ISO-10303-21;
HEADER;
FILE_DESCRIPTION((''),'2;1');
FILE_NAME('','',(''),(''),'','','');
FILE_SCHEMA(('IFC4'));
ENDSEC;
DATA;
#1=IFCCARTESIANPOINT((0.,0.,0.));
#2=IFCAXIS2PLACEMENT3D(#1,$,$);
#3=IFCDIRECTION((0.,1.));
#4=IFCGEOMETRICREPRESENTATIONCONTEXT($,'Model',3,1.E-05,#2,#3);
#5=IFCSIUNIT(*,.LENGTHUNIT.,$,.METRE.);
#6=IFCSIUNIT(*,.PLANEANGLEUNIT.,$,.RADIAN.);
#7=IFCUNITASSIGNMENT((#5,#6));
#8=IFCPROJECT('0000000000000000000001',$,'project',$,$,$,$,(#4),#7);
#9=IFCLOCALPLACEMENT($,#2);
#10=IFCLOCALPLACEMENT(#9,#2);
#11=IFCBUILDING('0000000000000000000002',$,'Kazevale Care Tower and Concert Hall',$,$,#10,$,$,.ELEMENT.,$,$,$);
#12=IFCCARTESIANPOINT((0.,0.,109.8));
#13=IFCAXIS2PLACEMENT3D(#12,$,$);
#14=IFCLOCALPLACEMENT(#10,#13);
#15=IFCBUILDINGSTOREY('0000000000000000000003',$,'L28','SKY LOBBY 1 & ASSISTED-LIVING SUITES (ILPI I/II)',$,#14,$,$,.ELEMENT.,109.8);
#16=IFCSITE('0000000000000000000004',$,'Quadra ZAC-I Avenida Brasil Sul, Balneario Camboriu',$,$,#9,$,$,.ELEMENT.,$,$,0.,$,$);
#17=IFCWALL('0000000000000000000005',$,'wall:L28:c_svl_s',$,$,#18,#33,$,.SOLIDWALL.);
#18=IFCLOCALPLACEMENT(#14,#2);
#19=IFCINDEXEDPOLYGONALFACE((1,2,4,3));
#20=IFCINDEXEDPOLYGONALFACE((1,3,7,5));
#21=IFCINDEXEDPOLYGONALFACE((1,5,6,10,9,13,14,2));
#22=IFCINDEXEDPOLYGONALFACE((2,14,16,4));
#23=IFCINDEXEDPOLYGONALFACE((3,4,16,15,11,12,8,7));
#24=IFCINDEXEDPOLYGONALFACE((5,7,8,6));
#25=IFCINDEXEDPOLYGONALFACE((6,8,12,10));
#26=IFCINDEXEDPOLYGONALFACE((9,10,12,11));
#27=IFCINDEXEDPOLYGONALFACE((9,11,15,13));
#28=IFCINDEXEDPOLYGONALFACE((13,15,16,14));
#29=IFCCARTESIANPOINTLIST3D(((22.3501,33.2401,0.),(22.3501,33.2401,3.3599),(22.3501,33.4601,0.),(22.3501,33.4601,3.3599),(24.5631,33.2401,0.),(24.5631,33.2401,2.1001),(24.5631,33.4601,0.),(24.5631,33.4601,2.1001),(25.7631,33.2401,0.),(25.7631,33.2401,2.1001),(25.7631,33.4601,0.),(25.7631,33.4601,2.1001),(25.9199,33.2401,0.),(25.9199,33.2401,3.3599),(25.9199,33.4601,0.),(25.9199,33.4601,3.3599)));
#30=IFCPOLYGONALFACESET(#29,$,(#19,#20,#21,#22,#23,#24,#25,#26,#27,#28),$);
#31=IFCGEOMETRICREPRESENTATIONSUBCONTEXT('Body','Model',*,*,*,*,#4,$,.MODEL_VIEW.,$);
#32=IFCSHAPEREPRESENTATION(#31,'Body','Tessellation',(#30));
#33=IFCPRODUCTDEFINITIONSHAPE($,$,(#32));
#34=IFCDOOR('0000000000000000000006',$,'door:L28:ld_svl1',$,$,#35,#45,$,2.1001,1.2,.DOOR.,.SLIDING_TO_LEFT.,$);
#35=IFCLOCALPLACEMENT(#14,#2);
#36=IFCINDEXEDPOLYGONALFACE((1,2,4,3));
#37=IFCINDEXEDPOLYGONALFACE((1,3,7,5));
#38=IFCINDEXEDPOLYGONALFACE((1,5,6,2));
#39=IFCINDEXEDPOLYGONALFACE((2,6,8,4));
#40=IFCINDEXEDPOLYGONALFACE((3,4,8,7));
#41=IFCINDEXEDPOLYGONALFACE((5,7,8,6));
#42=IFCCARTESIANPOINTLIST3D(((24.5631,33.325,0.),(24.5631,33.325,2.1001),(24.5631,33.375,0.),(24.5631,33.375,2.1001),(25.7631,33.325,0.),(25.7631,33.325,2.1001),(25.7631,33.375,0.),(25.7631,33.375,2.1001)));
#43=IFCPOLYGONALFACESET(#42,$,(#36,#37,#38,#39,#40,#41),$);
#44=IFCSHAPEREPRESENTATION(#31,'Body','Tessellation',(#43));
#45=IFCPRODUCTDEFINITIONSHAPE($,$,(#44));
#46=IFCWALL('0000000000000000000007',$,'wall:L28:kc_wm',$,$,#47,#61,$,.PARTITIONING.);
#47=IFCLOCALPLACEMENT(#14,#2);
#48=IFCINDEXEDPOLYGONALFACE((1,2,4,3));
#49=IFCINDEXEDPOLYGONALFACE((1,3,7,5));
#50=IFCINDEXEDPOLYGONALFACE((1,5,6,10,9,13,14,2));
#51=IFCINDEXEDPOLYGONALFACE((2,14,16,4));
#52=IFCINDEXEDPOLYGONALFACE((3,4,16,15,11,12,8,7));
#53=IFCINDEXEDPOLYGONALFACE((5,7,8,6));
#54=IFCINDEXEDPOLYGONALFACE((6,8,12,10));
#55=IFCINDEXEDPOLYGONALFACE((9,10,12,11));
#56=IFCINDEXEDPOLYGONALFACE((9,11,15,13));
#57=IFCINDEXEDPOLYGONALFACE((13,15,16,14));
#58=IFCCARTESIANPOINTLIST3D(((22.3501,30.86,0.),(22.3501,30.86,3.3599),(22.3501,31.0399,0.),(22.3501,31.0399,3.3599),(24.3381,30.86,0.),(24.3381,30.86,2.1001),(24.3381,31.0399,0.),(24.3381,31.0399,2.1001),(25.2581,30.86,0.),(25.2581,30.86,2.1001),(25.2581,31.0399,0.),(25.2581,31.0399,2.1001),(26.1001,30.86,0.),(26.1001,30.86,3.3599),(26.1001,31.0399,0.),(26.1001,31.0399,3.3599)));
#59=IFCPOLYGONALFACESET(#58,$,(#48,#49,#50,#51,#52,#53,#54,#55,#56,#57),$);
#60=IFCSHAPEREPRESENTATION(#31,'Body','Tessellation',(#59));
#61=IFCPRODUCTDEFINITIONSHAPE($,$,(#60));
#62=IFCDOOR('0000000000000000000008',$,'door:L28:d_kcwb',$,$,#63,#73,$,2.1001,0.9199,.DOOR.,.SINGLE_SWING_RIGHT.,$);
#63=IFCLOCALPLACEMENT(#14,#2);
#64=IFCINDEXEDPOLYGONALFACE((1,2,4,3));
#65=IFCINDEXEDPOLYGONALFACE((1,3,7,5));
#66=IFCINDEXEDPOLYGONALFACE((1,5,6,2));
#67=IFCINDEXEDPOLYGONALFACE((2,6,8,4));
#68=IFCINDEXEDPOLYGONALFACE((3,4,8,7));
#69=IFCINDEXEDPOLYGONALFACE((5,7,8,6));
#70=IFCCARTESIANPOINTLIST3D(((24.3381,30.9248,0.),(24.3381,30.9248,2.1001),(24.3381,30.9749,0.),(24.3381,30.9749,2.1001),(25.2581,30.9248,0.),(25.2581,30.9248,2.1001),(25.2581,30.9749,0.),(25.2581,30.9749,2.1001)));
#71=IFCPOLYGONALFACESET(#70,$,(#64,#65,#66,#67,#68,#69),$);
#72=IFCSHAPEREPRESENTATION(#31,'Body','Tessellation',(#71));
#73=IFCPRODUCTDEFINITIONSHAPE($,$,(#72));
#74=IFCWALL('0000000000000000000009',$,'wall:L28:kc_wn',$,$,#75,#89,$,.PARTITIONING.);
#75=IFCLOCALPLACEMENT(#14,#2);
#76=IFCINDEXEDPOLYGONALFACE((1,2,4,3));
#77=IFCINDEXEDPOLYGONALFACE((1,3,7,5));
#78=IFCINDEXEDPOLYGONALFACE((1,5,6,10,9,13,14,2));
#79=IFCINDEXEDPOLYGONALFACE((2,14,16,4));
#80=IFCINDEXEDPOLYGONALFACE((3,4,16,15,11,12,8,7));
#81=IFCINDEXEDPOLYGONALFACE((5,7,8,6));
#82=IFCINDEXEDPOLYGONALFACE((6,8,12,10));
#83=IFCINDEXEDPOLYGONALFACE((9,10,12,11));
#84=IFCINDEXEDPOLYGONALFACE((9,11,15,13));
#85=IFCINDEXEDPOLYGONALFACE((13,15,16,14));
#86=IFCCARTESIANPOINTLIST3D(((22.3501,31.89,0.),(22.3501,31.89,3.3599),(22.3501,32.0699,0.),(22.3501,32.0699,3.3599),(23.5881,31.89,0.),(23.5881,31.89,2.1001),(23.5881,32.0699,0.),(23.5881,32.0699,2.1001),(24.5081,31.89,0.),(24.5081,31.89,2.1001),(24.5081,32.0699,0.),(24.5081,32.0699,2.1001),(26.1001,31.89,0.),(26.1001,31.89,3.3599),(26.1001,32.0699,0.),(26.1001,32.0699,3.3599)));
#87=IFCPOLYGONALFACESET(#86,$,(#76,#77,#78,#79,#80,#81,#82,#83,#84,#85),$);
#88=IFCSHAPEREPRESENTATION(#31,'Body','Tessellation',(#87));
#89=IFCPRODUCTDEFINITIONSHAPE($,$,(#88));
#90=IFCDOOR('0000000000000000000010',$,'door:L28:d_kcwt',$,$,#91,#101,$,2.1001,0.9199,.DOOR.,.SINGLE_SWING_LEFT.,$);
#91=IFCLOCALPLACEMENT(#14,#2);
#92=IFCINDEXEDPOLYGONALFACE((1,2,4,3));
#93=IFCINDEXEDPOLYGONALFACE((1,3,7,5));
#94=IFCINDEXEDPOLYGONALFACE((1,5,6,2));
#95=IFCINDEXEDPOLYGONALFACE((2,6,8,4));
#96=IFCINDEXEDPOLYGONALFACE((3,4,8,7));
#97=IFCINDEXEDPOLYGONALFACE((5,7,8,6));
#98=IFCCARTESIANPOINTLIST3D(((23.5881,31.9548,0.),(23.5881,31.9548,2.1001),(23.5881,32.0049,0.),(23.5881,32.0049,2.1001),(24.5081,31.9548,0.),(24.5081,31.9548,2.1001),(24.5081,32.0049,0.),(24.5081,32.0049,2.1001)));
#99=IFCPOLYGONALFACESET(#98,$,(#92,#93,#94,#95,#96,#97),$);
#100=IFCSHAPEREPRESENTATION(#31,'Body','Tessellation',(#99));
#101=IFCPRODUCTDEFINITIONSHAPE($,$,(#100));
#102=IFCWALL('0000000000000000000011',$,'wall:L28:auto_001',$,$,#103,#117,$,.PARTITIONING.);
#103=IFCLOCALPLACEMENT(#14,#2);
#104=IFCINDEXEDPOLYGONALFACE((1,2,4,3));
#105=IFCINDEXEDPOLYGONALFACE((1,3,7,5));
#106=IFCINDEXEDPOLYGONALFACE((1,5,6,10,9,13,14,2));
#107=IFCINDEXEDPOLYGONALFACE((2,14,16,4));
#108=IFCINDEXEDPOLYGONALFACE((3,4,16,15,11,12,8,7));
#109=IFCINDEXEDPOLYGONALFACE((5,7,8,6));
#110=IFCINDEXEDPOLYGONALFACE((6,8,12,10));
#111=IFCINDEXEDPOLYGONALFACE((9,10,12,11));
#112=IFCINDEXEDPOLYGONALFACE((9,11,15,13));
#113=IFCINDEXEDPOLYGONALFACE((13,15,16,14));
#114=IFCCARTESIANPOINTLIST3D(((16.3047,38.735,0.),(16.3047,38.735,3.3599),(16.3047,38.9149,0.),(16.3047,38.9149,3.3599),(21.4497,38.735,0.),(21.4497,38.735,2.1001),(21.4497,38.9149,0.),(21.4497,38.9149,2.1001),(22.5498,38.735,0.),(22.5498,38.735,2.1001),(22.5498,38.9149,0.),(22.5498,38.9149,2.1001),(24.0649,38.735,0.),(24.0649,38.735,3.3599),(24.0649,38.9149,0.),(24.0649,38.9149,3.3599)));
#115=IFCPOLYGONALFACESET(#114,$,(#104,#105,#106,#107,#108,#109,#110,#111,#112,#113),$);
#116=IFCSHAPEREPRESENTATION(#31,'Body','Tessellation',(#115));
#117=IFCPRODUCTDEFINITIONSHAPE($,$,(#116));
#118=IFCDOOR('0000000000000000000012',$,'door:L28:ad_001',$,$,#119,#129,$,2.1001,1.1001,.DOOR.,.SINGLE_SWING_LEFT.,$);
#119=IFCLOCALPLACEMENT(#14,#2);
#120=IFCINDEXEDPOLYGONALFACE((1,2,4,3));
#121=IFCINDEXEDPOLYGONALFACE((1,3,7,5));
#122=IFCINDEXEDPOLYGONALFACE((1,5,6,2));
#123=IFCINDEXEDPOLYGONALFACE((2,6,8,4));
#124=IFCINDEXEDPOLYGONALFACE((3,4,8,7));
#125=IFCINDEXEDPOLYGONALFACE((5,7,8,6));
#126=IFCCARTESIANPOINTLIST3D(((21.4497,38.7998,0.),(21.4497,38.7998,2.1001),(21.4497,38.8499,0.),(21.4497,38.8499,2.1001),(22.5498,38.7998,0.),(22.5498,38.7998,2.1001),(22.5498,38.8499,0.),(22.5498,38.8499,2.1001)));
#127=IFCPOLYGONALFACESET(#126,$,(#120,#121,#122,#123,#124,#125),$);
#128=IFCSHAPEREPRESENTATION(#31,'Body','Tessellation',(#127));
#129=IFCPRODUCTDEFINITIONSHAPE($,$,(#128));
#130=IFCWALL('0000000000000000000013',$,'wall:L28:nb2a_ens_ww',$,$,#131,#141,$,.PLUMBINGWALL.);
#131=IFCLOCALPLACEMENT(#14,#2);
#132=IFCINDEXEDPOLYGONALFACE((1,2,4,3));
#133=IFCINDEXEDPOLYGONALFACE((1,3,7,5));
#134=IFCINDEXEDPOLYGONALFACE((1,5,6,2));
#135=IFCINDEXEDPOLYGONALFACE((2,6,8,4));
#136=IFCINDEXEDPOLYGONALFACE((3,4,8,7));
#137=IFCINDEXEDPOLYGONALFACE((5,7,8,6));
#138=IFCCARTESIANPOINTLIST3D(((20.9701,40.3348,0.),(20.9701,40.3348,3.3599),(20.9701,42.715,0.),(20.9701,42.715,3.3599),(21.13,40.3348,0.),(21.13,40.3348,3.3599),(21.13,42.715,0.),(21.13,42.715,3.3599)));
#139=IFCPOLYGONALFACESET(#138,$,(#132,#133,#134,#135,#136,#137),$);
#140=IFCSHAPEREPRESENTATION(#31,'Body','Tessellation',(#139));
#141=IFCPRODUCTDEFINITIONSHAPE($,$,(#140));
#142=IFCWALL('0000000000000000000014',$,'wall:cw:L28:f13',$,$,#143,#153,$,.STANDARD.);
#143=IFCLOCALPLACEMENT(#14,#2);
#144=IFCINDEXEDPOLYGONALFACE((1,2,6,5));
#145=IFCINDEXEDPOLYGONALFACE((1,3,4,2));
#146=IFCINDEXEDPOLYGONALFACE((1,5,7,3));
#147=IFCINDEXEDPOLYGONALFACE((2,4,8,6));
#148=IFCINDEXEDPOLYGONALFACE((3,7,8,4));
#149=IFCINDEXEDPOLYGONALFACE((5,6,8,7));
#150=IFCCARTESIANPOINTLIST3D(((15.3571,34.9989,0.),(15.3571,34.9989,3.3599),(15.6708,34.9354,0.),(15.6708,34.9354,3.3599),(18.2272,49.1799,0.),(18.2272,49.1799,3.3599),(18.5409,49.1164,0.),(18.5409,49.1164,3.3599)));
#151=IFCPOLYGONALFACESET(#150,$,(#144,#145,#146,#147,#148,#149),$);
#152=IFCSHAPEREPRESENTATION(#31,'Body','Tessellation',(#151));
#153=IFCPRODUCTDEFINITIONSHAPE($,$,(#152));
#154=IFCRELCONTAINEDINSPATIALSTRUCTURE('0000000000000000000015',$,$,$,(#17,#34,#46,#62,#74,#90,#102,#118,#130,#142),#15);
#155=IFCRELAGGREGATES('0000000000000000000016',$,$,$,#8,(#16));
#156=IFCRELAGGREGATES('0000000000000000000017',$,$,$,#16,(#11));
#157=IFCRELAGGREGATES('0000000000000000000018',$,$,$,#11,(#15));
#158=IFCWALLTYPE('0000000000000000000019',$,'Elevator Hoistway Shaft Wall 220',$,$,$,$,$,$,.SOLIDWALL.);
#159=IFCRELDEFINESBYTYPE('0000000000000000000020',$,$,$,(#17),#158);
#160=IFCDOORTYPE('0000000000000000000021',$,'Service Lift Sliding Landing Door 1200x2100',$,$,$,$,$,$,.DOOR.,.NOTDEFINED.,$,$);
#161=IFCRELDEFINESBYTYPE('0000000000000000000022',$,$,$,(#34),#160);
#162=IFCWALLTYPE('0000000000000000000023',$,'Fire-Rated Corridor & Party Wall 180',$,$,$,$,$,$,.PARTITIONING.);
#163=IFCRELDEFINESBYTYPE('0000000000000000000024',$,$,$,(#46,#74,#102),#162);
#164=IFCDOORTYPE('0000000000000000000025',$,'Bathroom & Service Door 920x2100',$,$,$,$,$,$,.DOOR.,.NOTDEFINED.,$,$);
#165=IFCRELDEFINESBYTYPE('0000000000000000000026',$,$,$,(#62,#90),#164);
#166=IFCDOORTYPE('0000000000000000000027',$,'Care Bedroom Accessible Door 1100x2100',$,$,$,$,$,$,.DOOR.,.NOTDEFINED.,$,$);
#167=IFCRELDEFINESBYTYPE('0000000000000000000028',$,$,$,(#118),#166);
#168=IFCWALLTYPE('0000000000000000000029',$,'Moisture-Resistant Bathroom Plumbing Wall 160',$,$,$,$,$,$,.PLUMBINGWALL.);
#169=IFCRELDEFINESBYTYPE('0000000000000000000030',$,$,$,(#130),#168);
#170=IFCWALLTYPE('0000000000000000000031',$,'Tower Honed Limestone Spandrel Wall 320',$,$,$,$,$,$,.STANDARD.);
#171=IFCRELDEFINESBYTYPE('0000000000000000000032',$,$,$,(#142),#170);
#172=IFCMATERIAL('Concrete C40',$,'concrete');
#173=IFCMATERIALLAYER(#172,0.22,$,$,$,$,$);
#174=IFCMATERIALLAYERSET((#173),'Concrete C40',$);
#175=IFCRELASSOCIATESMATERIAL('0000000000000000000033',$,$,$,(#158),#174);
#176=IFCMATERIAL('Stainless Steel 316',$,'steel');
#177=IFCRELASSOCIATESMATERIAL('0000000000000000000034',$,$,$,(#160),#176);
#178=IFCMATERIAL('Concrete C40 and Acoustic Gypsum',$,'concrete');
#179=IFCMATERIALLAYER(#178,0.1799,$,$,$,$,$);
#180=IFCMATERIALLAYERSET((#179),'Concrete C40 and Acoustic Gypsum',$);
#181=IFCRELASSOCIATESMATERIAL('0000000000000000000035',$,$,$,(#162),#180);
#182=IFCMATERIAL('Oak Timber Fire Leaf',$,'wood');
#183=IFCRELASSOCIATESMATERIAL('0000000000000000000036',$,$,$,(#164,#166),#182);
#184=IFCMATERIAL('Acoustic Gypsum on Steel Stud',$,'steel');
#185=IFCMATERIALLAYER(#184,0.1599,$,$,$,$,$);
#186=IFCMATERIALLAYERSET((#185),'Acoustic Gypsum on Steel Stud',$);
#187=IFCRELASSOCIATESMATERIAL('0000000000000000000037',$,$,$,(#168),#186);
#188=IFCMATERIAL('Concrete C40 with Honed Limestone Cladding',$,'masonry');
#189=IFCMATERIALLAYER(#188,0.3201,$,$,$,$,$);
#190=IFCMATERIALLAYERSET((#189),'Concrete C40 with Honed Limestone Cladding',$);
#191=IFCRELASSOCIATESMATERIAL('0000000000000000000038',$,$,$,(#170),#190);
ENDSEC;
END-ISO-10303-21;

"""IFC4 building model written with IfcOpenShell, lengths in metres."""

from ifc_helpers import new_model, si_unit, direction, frame, frame_2d, origin, place, context, subcontext, project, spatial, rectangle, extrude, material, layer, layer_set, type_object, element, fill, save


model = new_model("IFC4")

# Units and contexts
model_context = context("Model", 3, precision=1e-05, world=origin(), true_north=direction((0.0, 1.0)))
body_context = subcontext(model_context, "Body", "Model", "MODEL_VIEW")
ifc_project = project(units=[si_unit("LENGTHUNIT", "METRE"), si_unit("PLANEANGLEUNIT", "RADIAN")], contexts=[model_context])

# Site, building, storey
site_placement = place(None, origin())
site = spatial("IfcSite", under=ifc_project, at=site_placement, Name="Quadra ZAC-I Avenida Brasil Sul, Balneario Camboriu", CompositionType="ELEMENT", RefElevation=0.0)
building_placement = place(site_placement, origin())
building = spatial("IfcBuilding", under=site, at=building_placement, Name="Kazevale Care Tower and Concert Hall", CompositionType="ELEMENT")
storey_placement = place(building_placement, frame((0.0, 0.0, 109.8)))
storey = spatial("IfcBuildingStorey", under=building, at=storey_placement, Name="L28", Description="SKY LOBBY 1 & ASSISTED-LIVING SUITES (ILPI I/II)", CompositionType="ELEMENT", Elevation=109.8)

# Walls, openings, doors
ifc_material_1 = material(Name="Concrete C40", Category="concrete")
ifc_layer_1 = layer(ifc_material_1, 0.22)
ifc_layer_set_1 = layer_set([ifc_layer_1], Name="Concrete C40")
wall_type_1 = type_object("IfcWallType", Name="Elevator Hoistway Shaft Wall 220", PredefinedType="SOLIDWALL", material=ifc_layer_set_1)
wall_1_placement = place(storey_placement, frame((22.3501, 33.3501, 0.0), z_axis=(0.0, 0.0, 1.0), x_axis=(1.0, 0.0, 0.0)))
wall_1 = element("IfcWall", 1, at=wall_1_placement, inside=storey, type_object=wall_type_1, Name="wall:L28:c_svl_s", PredefinedType="SOLIDWALL", context=body_context, shape_type="SweptSolid", body=[
    extrude(rectangle(XDim=3.5698, YDim=0.22, at=frame_2d((1.7849, 0.0))), origin(), (0.0, 0.0, 1.0), 3.3599),
])
opening_1_placement = place(wall_1_placement, frame((2.2129, 0.0, 0.0)))
opening_1 = element("IfcOpeningElement", 2, at=opening_1_placement, cuts=wall_1, PredefinedType="OPENING", context=body_context, shape_type="SweptSolid", body=[
    extrude(rectangle(XDim=1.2, YDim=2.1001, at=frame_2d((0.6001, 1.05))), frame((0.0, 0.1199, 0.0), z_axis=(0.0, -1.0, 0.0), x_axis=(1.0, 0.0, 0.0)), (0.0, 0.0, 1.0), 0.24),
])
ifc_material_2 = material(Name="Stainless Steel 316", Category="steel")
door_type_1 = type_object("IfcDoorType", Name="Service Lift Sliding Landing Door 1200x2100", OperationType="NOTDEFINED", PredefinedType="DOOR", material=ifc_material_2)
door_1_placement = place(opening_1_placement, origin())
door_1 = element("IfcDoor", 3, at=door_1_placement, inside=storey, type_object=door_type_1, Name="door:L28:ld_svl1", OperationType="SLIDING_TO_LEFT", OverallHeight=2.1001, OverallWidth=1.2, PredefinedType="DOOR", context=body_context, shape_type="SweptSolid", body=[
    extrude(rectangle(XDim=1.2, YDim=2.1001, at=frame_2d((0.6001, 1.05))), frame((0.0, 0.0249, 0.0), z_axis=(0.0, -1.0, 0.0), x_axis=(1.0, 0.0, 0.0)), (0.0, 0.0, 1.0), 0.05),
])
fill(opening_1, door_1)
ifc_material_3 = material(Name="Concrete C40 and Acoustic Gypsum", Category="concrete")
ifc_layer_2 = layer(ifc_material_3, 0.1799)
ifc_layer_set_2 = layer_set([ifc_layer_2], Name="Concrete C40 and Acoustic Gypsum")
wall_type_2 = type_object("IfcWallType", Name="Fire-Rated Corridor & Party Wall 180", PredefinedType="PARTITIONING", material=ifc_layer_set_2)
wall_2_placement = place(storey_placement, frame((22.3501, 30.95, 0.0), z_axis=(0.0, 0.0, 1.0), x_axis=(1.0, 0.0, 0.0)))
wall_2 = element("IfcWall", 4, at=wall_2_placement, inside=storey, type_object=wall_type_2, Name="wall:L28:kc_wm", PredefinedType="PARTITIONING", context=body_context, shape_type="SweptSolid", body=[
    extrude(rectangle(XDim=3.75, YDim=0.1799, at=frame_2d((1.875, 0.0))), origin(), (0.0, 0.0, 1.0), 3.3599),
])
opening_2_placement = place(wall_2_placement, frame((1.988, 0.0, 0.0)))
opening_2 = element("IfcOpeningElement", 5, at=opening_2_placement, cuts=wall_2, PredefinedType="OPENING", context=body_context, shape_type="SweptSolid", body=[
    extrude(rectangle(XDim=0.9199, YDim=2.1001, at=frame_2d((0.46, 1.05))), frame((0.0, 0.0999, 0.0), z_axis=(0.0, -1.0, 0.0), x_axis=(1.0, 0.0, 0.0)), (0.0, 0.0, 1.0), 0.2),
])
ifc_material_4 = material(Name="Oak Timber Fire Leaf", Category="wood")
door_type_2 = type_object("IfcDoorType", Name="Bathroom & Service Door 920x2100", OperationType="NOTDEFINED", PredefinedType="DOOR", material=ifc_material_4)
door_2_placement = place(opening_2_placement, origin())
door_2 = element("IfcDoor", 6, at=door_2_placement, inside=storey, type_object=door_type_2, Name="door:L28:d_kcwb", OperationType="SINGLE_SWING_RIGHT", OverallHeight=2.1001, OverallWidth=0.9199, PredefinedType="DOOR", context=body_context, shape_type="SweptSolid", body=[
    extrude(rectangle(XDim=0.9199, YDim=2.1001, at=frame_2d((0.46, 1.05))), frame((0.0, 0.0249, 0.0), z_axis=(0.0, -1.0, 0.0), x_axis=(1.0, 0.0, 0.0)), (0.0, 0.0, 1.0), 0.05),
])
fill(opening_2, door_2)
wall_3_placement = place(storey_placement, frame((22.3501, 31.98, 0.0), z_axis=(0.0, 0.0, 1.0), x_axis=(1.0, 0.0, 0.0)))
wall_3 = element("IfcWall", 7, at=wall_3_placement, inside=storey, type_object=wall_type_2, Name="wall:L28:kc_wn", PredefinedType="PARTITIONING", context=body_context, shape_type="SweptSolid", body=[
    extrude(rectangle(XDim=3.75, YDim=0.1799, at=frame_2d((1.875, 0.0))), origin(), (0.0, 0.0, 1.0), 3.3599),
])
opening_3_placement = place(wall_3_placement, frame((1.238, 0.0, 0.0)))
opening_3 = element("IfcOpeningElement", 8, at=opening_3_placement, cuts=wall_3, PredefinedType="OPENING", context=body_context, shape_type="SweptSolid", body=[
    extrude(rectangle(XDim=0.9199, YDim=2.1001, at=frame_2d((0.46, 1.05))), frame((0.0, 0.0999, 0.0), z_axis=(0.0, -1.0, 0.0), x_axis=(1.0, 0.0, 0.0)), (0.0, 0.0, 1.0), 0.2),
])
door_3_placement = place(opening_3_placement, origin())
door_3 = element("IfcDoor", 9, at=door_3_placement, inside=storey, type_object=door_type_2, Name="door:L28:d_kcwt", OperationType="SINGLE_SWING_LEFT", OverallHeight=2.1001, OverallWidth=0.9199, PredefinedType="DOOR", context=body_context, shape_type="SweptSolid", body=[
    extrude(rectangle(XDim=0.9199, YDim=2.1001, at=frame_2d((0.46, 1.05))), frame((0.0, 0.0249, 0.0), z_axis=(0.0, -1.0, 0.0), x_axis=(1.0, 0.0, 0.0)), (0.0, 0.0, 1.0), 0.05),
])
fill(opening_3, door_3)
wall_4_placement = place(storey_placement, frame((16.3047, 38.825, 0.0), z_axis=(0.0, 0.0, 1.0), x_axis=(1.0, 0.0, 0.0)))
wall_4 = element("IfcWall", 10, at=wall_4_placement, inside=storey, type_object=wall_type_2, Name="wall:L28:auto_001", PredefinedType="PARTITIONING", context=body_context, shape_type="SweptSolid", body=[
    extrude(rectangle(XDim=7.7603, YDim=0.1799, at=frame_2d((3.8801, 0.0))), origin(), (0.0, 0.0, 1.0), 3.3599),
])
opening_4_placement = place(wall_4_placement, frame((5.145, 0.0, 0.0)))
opening_4 = element("IfcOpeningElement", 11, at=opening_4_placement, cuts=wall_4, PredefinedType="OPENING", context=body_context, shape_type="SweptSolid", body=[
    extrude(rectangle(XDim=1.1001, YDim=2.1001, at=frame_2d((0.55, 1.05))), frame((0.0, 0.0999, 0.0), z_axis=(0.0, -1.0, 0.0), x_axis=(1.0, 0.0, 0.0)), (0.0, 0.0, 1.0), 0.2),
])
door_type_3 = type_object("IfcDoorType", Name="Care Bedroom Accessible Door 1100x2100", OperationType="NOTDEFINED", PredefinedType="DOOR", material=ifc_material_4)
door_4_placement = place(opening_4_placement, origin())
door_4 = element("IfcDoor", 12, at=door_4_placement, inside=storey, type_object=door_type_3, Name="door:L28:ad_001", OperationType="SINGLE_SWING_LEFT", OverallHeight=2.1001, OverallWidth=1.1001, PredefinedType="DOOR", context=body_context, shape_type="SweptSolid", body=[
    extrude(rectangle(XDim=1.1001, YDim=2.1001, at=frame_2d((0.55, 1.05))), frame((0.0, 0.0249, 0.0), z_axis=(0.0, -1.0, 0.0), x_axis=(1.0, 0.0, 0.0)), (0.0, 0.0, 1.0), 0.05),
])
fill(opening_4, door_4)

# Walls
ifc_material_5 = material(Name="Acoustic Gypsum on Steel Stud", Category="steel")
ifc_layer_3 = layer(ifc_material_5, 0.1599)
ifc_layer_set_3 = layer_set([ifc_layer_3], Name="Acoustic Gypsum on Steel Stud")
wall_type_3 = type_object("IfcWallType", Name="Moisture-Resistant Bathroom Plumbing Wall 160", PredefinedType="PLUMBINGWALL", material=ifc_layer_set_3)
wall_5_placement = place(storey_placement, frame((21.05, 40.335, 0.0), z_axis=(0.0, 0.0, 1.0), x_axis=(0.0, 1.0, 0.0)))
element("IfcWall", 13, at=wall_5_placement, inside=storey, type_object=wall_type_3, Name="wall:L28:nb2a_ens_ww", PredefinedType="PLUMBINGWALL", context=body_context, shape_type="SweptSolid", body=[
    extrude(rectangle(XDim=2.3801, YDim=0.1599, at=frame_2d((1.1899, 0.0))), origin(), (0.0, 0.0, 1.0), 3.3599),
])
ifc_material_6 = material(Name="Concrete C40 with Honed Limestone Cladding", Category="masonry")
ifc_layer_4 = layer(ifc_material_6, 0.3201)
ifc_layer_set_4 = layer_set([ifc_layer_4], Name="Concrete C40 with Honed Limestone Cladding")
wall_type_4 = type_object("IfcWallType", Name="Tower Honed Limestone Spandrel Wall 320", PredefinedType="STANDARD", material=ifc_layer_set_4)
wall_6_placement = place(storey_placement, frame((15.5139, 34.967, 0.0), z_axis=(0.0, 0.0, 1.0), x_axis=(0.198371, 0.980127, 0.0)))
element("IfcWall", 14, at=wall_6_placement, inside=storey, type_object=wall_type_4, Name="wall:cw:L28:f13", PredefinedType="STANDARD", context=body_context, shape_type="SweptSolid", body=[
    extrude(rectangle(XDim=14.4685, YDim=0.3201, at=frame_2d((7.2344, 0.0))), origin(), (0.0, 0.0, 1.0), 3.3599),
])

save(model, "model.ifc")
